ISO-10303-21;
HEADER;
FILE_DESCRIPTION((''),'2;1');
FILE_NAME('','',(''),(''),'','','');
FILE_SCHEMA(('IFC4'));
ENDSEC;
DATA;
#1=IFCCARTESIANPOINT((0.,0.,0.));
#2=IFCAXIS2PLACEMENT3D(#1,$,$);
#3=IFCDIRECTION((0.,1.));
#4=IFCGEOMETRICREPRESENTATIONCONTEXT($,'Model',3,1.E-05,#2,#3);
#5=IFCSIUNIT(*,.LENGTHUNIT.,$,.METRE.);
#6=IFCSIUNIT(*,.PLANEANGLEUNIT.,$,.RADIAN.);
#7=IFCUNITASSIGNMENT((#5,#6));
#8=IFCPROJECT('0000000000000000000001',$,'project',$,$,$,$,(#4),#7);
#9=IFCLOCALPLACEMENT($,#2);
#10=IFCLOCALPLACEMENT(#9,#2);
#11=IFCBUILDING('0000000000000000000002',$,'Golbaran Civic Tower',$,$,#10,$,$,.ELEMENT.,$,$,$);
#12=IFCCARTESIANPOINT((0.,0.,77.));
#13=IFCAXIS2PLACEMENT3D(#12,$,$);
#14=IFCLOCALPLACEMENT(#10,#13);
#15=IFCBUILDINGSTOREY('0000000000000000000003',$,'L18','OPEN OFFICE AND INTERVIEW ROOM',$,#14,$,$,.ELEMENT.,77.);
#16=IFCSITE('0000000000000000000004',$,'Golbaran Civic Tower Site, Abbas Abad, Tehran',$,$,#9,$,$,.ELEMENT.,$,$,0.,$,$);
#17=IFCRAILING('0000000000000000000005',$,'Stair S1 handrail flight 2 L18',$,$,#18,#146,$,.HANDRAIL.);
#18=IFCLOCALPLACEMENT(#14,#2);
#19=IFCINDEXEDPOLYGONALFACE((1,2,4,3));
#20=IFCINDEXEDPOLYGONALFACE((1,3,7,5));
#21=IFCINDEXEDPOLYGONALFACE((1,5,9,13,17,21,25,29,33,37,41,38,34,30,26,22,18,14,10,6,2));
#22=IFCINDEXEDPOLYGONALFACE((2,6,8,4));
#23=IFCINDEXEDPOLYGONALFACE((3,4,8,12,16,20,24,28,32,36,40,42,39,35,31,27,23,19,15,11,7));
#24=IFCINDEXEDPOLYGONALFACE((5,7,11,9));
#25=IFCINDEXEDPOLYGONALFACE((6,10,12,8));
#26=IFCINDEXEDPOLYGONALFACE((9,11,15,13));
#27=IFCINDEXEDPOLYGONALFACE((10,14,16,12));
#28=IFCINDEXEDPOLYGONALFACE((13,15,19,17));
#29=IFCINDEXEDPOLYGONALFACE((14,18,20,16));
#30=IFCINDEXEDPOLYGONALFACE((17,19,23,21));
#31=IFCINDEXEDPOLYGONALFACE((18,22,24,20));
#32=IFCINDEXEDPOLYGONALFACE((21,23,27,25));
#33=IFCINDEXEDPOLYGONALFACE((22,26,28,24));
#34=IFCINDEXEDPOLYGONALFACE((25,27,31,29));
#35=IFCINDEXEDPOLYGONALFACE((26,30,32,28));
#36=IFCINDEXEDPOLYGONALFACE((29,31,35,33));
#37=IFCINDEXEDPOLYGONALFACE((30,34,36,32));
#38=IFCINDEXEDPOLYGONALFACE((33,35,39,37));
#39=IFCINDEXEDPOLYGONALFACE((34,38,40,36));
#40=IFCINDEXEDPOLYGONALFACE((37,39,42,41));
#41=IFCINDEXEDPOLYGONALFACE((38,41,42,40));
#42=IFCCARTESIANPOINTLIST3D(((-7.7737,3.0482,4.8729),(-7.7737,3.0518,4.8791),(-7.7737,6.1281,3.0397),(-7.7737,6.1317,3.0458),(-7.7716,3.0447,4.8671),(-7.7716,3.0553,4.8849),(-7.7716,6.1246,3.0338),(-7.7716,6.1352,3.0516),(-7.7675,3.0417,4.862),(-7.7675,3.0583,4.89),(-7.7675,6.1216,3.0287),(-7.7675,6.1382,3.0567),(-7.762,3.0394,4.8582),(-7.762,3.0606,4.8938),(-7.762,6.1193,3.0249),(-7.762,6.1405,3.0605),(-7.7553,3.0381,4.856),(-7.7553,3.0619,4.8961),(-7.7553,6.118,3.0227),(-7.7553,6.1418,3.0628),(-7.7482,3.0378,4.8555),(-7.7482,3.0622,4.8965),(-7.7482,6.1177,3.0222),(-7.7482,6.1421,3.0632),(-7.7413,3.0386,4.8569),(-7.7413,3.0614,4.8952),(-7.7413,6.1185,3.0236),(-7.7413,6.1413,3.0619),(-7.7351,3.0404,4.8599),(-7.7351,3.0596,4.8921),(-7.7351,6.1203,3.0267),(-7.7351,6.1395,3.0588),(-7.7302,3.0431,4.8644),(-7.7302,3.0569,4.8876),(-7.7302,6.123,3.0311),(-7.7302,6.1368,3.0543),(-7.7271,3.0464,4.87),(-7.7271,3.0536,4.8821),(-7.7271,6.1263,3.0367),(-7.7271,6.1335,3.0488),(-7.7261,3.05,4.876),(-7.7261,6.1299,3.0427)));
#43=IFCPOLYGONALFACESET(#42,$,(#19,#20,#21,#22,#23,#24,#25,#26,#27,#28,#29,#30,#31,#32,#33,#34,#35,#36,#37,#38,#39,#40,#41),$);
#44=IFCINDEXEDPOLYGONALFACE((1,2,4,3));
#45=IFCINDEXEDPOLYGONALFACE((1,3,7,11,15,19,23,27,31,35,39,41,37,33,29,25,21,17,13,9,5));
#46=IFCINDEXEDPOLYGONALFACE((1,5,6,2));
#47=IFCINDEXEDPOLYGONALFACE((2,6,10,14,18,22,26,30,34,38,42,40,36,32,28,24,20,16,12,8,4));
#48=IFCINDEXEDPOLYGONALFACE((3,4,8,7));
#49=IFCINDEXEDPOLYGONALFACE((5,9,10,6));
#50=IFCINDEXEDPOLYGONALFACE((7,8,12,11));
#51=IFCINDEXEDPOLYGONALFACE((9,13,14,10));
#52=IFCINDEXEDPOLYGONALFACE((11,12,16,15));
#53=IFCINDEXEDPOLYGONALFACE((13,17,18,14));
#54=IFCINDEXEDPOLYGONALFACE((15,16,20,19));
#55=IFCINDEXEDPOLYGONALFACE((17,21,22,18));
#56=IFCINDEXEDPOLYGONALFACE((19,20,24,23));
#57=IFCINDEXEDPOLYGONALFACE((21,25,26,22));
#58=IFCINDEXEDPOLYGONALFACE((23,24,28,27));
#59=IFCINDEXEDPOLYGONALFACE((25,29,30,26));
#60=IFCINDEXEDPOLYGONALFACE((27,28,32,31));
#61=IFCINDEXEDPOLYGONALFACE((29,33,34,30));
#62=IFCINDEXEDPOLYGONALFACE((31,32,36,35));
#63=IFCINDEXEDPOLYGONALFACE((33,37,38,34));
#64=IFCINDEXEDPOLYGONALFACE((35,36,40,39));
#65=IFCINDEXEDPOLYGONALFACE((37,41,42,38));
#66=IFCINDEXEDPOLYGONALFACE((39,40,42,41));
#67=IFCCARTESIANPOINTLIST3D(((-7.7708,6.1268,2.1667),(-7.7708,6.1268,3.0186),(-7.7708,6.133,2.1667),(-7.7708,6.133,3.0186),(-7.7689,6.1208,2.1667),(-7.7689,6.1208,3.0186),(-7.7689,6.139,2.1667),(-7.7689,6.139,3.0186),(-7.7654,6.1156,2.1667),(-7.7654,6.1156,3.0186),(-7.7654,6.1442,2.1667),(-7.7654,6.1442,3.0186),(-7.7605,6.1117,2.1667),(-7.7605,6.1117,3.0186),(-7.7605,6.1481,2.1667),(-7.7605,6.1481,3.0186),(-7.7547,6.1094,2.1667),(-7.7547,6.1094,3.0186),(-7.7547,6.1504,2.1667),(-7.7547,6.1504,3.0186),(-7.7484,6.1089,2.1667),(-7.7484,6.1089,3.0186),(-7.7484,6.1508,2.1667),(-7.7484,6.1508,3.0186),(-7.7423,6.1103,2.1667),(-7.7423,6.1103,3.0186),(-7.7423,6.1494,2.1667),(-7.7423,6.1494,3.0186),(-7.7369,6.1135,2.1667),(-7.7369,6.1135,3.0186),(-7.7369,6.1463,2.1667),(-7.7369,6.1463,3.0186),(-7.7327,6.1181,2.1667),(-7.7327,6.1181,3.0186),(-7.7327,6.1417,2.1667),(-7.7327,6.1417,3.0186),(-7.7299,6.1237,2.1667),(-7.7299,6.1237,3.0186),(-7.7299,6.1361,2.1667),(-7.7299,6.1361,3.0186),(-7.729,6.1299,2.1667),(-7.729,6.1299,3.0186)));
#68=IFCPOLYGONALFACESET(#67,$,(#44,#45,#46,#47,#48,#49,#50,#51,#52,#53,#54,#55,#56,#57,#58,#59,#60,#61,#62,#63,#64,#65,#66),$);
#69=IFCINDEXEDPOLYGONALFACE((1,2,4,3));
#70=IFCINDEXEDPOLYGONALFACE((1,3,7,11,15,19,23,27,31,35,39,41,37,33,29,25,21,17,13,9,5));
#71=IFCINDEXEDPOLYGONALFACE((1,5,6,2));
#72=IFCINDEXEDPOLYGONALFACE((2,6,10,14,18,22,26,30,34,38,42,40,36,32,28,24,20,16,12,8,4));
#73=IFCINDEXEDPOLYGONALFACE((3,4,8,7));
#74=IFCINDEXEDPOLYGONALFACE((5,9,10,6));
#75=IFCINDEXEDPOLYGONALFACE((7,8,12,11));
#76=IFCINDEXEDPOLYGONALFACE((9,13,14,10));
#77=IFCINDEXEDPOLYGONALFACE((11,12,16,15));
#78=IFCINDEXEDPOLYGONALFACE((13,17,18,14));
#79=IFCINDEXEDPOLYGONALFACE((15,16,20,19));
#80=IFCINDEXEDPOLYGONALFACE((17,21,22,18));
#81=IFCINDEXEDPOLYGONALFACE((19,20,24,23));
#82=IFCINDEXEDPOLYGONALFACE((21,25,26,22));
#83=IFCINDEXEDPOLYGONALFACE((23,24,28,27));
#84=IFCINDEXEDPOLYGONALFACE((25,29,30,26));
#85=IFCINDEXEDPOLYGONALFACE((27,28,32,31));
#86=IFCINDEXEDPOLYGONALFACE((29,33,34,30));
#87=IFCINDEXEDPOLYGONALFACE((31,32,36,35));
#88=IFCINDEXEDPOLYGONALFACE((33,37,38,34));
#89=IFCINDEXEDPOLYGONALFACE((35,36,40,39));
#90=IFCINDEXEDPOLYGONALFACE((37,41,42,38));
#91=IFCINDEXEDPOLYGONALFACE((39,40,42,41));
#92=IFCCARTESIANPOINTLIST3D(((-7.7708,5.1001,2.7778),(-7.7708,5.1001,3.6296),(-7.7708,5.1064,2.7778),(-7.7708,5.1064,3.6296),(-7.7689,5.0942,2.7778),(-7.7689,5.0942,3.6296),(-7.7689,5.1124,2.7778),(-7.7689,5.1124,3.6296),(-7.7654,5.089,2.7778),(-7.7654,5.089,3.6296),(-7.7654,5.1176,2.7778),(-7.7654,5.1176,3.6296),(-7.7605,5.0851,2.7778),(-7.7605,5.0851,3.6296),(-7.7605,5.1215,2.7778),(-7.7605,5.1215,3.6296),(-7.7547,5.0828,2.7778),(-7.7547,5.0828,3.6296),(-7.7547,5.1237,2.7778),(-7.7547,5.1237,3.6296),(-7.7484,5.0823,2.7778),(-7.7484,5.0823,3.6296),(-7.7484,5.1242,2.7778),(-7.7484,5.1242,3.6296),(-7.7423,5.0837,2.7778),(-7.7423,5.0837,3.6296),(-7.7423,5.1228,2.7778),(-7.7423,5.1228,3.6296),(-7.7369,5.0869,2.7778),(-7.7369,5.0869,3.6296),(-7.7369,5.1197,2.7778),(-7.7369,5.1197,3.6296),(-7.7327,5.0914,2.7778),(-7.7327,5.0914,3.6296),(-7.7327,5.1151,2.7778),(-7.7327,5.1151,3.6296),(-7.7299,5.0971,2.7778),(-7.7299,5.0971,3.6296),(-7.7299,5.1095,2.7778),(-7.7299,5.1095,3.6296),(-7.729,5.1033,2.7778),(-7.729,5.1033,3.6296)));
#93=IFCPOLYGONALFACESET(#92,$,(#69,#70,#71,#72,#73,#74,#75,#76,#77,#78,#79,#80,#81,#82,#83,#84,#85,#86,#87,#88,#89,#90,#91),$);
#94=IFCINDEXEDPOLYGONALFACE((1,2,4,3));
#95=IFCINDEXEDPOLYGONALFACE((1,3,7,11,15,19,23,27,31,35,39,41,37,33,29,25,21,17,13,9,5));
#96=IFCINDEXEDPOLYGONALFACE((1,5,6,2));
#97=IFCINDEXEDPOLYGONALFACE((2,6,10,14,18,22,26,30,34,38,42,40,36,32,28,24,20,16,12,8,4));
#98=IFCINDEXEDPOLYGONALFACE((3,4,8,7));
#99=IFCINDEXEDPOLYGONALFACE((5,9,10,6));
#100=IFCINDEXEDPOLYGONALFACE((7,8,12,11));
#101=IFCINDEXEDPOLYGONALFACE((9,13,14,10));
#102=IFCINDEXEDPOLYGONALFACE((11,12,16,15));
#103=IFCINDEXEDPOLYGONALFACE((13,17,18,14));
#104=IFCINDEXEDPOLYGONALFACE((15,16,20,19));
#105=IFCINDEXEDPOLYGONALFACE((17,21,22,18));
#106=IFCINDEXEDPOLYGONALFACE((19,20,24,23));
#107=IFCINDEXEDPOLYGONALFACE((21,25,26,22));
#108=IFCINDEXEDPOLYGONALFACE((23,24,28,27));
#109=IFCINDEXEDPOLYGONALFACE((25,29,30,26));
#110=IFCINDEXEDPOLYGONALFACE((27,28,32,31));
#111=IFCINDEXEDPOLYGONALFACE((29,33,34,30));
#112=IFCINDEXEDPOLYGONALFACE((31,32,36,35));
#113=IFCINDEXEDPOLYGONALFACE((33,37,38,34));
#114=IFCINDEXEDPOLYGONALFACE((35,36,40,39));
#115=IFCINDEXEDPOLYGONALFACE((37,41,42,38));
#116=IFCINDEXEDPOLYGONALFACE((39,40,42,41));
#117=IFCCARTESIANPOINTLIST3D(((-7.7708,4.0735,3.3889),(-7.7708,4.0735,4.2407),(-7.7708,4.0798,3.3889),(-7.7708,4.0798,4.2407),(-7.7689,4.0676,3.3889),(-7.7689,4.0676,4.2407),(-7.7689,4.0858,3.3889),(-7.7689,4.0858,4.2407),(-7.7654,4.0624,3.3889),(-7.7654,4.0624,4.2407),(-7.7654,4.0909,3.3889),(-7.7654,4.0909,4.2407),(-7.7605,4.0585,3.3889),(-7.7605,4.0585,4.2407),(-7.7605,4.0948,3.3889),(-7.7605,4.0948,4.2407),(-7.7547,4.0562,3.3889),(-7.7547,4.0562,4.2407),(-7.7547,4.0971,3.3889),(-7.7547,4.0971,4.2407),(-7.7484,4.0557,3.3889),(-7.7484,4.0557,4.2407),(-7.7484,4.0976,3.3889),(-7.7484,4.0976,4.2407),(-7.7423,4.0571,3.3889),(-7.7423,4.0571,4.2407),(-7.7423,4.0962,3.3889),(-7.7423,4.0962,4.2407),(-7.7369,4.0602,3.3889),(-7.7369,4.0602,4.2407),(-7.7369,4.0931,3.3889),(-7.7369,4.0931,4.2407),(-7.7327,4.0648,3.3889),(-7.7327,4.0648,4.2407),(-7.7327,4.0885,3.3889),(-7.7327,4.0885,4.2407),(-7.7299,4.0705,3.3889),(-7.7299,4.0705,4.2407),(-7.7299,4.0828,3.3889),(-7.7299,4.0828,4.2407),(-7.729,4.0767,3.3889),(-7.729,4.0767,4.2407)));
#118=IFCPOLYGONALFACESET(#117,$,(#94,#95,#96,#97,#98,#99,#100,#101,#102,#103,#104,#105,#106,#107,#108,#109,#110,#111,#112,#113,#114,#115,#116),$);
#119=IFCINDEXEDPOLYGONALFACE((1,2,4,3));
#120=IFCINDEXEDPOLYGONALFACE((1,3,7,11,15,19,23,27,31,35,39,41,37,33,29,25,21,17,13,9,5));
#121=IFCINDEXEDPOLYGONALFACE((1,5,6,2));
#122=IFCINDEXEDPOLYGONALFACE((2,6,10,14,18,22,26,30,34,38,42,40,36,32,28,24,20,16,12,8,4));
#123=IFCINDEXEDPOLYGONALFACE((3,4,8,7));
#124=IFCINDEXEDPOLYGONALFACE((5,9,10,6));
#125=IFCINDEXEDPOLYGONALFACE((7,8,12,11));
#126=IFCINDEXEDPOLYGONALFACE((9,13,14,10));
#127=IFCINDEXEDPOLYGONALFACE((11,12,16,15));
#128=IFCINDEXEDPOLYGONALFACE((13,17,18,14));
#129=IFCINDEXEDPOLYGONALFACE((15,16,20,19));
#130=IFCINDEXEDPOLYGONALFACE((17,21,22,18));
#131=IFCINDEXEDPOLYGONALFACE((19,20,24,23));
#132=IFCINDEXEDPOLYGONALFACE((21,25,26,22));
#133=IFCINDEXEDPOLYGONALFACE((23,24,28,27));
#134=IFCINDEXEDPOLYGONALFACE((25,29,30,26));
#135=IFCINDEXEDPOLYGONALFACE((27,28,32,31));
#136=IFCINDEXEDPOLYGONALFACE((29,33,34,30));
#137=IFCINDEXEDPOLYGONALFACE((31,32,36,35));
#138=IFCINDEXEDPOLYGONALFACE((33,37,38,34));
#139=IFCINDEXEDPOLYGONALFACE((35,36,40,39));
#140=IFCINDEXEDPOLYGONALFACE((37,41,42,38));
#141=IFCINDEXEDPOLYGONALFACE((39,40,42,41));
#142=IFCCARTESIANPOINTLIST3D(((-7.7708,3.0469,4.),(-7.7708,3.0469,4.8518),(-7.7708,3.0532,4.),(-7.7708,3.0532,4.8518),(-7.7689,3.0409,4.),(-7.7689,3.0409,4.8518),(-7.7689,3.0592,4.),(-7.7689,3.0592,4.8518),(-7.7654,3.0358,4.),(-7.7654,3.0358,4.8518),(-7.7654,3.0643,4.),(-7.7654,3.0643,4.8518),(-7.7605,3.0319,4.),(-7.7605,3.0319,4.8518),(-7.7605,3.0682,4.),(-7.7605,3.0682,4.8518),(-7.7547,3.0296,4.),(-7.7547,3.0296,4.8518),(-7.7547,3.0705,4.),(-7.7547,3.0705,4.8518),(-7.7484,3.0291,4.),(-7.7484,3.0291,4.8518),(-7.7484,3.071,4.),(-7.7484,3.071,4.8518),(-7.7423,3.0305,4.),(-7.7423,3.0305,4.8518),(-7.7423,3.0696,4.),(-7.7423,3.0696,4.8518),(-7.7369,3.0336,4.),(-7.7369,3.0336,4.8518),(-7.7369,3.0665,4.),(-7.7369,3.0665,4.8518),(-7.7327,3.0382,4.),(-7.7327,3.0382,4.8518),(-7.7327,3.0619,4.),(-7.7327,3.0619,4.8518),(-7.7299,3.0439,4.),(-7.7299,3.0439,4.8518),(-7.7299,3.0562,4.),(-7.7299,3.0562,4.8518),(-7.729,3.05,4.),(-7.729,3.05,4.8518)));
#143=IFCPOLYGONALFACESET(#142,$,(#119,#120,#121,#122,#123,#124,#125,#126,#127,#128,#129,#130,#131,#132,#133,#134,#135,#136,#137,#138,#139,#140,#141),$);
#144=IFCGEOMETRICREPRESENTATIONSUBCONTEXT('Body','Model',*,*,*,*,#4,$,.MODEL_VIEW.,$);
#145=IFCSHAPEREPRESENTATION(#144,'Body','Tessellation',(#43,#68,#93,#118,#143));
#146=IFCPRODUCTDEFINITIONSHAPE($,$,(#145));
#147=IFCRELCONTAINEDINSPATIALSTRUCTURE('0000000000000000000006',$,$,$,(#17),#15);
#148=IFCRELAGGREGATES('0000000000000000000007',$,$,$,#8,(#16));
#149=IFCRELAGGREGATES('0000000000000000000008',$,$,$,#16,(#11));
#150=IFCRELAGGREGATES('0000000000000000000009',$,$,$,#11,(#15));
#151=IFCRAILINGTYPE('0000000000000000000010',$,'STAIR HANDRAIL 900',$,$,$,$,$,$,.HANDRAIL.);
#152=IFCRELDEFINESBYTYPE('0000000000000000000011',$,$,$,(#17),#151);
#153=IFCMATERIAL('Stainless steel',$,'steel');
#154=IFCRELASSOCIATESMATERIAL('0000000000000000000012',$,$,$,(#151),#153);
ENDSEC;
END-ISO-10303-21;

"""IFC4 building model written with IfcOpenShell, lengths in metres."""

from ifc_helpers import new_model, si_unit, direction, frame, origin, origin_2d, place, context, subcontext, project, spatial, circle, extrude, material, type_object, element, save


model = new_model("IFC4")

# Units and contexts
model_context = context("Model", 3, precision=1e-05, world=origin(), true_north=direction((0.0, 1.0)))
body_context = subcontext(model_context, "Body", "Model", "MODEL_VIEW")
ifc_project = project(units=[si_unit("LENGTHUNIT", "METRE"), si_unit("PLANEANGLEUNIT", "RADIAN")], contexts=[model_context])

# Site, building, storey
site_placement = place(None, origin())
site = spatial("IfcSite", under=ifc_project, at=site_placement, Name="Golbaran Civic Tower Site, Abbas Abad, Tehran", CompositionType="ELEMENT", RefElevation=0.0)
building_placement = place(site_placement, origin())
building = spatial("IfcBuilding", under=site, at=building_placement, Name="Golbaran Civic Tower", CompositionType="ELEMENT")
storey_placement = place(building_placement, frame((0.0, 0.0, 77.0)))
storey = spatial("IfcBuildingStorey", under=building, at=storey_placement, Name="L18", Description="OPEN OFFICE AND INTERVIEW ROOM", CompositionType="ELEMENT", Elevation=77.0)

# Shared definitions
ifc_material_1 = material(Name="Stainless steel", Category="steel")

# Railing
railing_type = type_object("IfcRailingType", Name="STAIR HANDRAIL 900", PredefinedType="HANDRAIL", material=ifc_material_1)
railing_1_placement = place(storey_placement, frame((-7.75, 6.1299, 2.1667)))
element("IfcRailing", 1, at=railing_1_placement, inside=storey, type_object=railing_type, Name="Stair S1 handrail flight 2 L18", PredefinedType="HANDRAIL", context=body_context, shape_type="SweptSolid", body=[
    extrude(circle(Radius=0.0239, at=origin_2d()), frame((0.0, 0.0, 0.876), z_axis=(0.0, -0.859291, 0.511487), x_axis=(1.0, 0.0, 0.0)), (0.0, 0.0, 1.0), 3.5842),
    extrude(circle(Radius=0.021, at=origin_2d()), origin(), (0.0, 0.0, 1.0), 0.8518),
    extrude(circle(Radius=0.021, at=origin_2d()), frame((0.0, -1.0266, 0.6111)), (0.0, 0.0, 1.0), 0.8518),
    extrude(circle(Radius=0.021, at=origin_2d()), frame((0.0, -2.0532, 1.2222)), (0.0, 0.0, 1.0), 0.8518),
    extrude(circle(Radius=0.021, at=origin_2d()), frame((0.0, -3.0798, 1.8333)), (0.0, 0.0, 1.0), 0.8518),
])

save(model, "model.ifc")
